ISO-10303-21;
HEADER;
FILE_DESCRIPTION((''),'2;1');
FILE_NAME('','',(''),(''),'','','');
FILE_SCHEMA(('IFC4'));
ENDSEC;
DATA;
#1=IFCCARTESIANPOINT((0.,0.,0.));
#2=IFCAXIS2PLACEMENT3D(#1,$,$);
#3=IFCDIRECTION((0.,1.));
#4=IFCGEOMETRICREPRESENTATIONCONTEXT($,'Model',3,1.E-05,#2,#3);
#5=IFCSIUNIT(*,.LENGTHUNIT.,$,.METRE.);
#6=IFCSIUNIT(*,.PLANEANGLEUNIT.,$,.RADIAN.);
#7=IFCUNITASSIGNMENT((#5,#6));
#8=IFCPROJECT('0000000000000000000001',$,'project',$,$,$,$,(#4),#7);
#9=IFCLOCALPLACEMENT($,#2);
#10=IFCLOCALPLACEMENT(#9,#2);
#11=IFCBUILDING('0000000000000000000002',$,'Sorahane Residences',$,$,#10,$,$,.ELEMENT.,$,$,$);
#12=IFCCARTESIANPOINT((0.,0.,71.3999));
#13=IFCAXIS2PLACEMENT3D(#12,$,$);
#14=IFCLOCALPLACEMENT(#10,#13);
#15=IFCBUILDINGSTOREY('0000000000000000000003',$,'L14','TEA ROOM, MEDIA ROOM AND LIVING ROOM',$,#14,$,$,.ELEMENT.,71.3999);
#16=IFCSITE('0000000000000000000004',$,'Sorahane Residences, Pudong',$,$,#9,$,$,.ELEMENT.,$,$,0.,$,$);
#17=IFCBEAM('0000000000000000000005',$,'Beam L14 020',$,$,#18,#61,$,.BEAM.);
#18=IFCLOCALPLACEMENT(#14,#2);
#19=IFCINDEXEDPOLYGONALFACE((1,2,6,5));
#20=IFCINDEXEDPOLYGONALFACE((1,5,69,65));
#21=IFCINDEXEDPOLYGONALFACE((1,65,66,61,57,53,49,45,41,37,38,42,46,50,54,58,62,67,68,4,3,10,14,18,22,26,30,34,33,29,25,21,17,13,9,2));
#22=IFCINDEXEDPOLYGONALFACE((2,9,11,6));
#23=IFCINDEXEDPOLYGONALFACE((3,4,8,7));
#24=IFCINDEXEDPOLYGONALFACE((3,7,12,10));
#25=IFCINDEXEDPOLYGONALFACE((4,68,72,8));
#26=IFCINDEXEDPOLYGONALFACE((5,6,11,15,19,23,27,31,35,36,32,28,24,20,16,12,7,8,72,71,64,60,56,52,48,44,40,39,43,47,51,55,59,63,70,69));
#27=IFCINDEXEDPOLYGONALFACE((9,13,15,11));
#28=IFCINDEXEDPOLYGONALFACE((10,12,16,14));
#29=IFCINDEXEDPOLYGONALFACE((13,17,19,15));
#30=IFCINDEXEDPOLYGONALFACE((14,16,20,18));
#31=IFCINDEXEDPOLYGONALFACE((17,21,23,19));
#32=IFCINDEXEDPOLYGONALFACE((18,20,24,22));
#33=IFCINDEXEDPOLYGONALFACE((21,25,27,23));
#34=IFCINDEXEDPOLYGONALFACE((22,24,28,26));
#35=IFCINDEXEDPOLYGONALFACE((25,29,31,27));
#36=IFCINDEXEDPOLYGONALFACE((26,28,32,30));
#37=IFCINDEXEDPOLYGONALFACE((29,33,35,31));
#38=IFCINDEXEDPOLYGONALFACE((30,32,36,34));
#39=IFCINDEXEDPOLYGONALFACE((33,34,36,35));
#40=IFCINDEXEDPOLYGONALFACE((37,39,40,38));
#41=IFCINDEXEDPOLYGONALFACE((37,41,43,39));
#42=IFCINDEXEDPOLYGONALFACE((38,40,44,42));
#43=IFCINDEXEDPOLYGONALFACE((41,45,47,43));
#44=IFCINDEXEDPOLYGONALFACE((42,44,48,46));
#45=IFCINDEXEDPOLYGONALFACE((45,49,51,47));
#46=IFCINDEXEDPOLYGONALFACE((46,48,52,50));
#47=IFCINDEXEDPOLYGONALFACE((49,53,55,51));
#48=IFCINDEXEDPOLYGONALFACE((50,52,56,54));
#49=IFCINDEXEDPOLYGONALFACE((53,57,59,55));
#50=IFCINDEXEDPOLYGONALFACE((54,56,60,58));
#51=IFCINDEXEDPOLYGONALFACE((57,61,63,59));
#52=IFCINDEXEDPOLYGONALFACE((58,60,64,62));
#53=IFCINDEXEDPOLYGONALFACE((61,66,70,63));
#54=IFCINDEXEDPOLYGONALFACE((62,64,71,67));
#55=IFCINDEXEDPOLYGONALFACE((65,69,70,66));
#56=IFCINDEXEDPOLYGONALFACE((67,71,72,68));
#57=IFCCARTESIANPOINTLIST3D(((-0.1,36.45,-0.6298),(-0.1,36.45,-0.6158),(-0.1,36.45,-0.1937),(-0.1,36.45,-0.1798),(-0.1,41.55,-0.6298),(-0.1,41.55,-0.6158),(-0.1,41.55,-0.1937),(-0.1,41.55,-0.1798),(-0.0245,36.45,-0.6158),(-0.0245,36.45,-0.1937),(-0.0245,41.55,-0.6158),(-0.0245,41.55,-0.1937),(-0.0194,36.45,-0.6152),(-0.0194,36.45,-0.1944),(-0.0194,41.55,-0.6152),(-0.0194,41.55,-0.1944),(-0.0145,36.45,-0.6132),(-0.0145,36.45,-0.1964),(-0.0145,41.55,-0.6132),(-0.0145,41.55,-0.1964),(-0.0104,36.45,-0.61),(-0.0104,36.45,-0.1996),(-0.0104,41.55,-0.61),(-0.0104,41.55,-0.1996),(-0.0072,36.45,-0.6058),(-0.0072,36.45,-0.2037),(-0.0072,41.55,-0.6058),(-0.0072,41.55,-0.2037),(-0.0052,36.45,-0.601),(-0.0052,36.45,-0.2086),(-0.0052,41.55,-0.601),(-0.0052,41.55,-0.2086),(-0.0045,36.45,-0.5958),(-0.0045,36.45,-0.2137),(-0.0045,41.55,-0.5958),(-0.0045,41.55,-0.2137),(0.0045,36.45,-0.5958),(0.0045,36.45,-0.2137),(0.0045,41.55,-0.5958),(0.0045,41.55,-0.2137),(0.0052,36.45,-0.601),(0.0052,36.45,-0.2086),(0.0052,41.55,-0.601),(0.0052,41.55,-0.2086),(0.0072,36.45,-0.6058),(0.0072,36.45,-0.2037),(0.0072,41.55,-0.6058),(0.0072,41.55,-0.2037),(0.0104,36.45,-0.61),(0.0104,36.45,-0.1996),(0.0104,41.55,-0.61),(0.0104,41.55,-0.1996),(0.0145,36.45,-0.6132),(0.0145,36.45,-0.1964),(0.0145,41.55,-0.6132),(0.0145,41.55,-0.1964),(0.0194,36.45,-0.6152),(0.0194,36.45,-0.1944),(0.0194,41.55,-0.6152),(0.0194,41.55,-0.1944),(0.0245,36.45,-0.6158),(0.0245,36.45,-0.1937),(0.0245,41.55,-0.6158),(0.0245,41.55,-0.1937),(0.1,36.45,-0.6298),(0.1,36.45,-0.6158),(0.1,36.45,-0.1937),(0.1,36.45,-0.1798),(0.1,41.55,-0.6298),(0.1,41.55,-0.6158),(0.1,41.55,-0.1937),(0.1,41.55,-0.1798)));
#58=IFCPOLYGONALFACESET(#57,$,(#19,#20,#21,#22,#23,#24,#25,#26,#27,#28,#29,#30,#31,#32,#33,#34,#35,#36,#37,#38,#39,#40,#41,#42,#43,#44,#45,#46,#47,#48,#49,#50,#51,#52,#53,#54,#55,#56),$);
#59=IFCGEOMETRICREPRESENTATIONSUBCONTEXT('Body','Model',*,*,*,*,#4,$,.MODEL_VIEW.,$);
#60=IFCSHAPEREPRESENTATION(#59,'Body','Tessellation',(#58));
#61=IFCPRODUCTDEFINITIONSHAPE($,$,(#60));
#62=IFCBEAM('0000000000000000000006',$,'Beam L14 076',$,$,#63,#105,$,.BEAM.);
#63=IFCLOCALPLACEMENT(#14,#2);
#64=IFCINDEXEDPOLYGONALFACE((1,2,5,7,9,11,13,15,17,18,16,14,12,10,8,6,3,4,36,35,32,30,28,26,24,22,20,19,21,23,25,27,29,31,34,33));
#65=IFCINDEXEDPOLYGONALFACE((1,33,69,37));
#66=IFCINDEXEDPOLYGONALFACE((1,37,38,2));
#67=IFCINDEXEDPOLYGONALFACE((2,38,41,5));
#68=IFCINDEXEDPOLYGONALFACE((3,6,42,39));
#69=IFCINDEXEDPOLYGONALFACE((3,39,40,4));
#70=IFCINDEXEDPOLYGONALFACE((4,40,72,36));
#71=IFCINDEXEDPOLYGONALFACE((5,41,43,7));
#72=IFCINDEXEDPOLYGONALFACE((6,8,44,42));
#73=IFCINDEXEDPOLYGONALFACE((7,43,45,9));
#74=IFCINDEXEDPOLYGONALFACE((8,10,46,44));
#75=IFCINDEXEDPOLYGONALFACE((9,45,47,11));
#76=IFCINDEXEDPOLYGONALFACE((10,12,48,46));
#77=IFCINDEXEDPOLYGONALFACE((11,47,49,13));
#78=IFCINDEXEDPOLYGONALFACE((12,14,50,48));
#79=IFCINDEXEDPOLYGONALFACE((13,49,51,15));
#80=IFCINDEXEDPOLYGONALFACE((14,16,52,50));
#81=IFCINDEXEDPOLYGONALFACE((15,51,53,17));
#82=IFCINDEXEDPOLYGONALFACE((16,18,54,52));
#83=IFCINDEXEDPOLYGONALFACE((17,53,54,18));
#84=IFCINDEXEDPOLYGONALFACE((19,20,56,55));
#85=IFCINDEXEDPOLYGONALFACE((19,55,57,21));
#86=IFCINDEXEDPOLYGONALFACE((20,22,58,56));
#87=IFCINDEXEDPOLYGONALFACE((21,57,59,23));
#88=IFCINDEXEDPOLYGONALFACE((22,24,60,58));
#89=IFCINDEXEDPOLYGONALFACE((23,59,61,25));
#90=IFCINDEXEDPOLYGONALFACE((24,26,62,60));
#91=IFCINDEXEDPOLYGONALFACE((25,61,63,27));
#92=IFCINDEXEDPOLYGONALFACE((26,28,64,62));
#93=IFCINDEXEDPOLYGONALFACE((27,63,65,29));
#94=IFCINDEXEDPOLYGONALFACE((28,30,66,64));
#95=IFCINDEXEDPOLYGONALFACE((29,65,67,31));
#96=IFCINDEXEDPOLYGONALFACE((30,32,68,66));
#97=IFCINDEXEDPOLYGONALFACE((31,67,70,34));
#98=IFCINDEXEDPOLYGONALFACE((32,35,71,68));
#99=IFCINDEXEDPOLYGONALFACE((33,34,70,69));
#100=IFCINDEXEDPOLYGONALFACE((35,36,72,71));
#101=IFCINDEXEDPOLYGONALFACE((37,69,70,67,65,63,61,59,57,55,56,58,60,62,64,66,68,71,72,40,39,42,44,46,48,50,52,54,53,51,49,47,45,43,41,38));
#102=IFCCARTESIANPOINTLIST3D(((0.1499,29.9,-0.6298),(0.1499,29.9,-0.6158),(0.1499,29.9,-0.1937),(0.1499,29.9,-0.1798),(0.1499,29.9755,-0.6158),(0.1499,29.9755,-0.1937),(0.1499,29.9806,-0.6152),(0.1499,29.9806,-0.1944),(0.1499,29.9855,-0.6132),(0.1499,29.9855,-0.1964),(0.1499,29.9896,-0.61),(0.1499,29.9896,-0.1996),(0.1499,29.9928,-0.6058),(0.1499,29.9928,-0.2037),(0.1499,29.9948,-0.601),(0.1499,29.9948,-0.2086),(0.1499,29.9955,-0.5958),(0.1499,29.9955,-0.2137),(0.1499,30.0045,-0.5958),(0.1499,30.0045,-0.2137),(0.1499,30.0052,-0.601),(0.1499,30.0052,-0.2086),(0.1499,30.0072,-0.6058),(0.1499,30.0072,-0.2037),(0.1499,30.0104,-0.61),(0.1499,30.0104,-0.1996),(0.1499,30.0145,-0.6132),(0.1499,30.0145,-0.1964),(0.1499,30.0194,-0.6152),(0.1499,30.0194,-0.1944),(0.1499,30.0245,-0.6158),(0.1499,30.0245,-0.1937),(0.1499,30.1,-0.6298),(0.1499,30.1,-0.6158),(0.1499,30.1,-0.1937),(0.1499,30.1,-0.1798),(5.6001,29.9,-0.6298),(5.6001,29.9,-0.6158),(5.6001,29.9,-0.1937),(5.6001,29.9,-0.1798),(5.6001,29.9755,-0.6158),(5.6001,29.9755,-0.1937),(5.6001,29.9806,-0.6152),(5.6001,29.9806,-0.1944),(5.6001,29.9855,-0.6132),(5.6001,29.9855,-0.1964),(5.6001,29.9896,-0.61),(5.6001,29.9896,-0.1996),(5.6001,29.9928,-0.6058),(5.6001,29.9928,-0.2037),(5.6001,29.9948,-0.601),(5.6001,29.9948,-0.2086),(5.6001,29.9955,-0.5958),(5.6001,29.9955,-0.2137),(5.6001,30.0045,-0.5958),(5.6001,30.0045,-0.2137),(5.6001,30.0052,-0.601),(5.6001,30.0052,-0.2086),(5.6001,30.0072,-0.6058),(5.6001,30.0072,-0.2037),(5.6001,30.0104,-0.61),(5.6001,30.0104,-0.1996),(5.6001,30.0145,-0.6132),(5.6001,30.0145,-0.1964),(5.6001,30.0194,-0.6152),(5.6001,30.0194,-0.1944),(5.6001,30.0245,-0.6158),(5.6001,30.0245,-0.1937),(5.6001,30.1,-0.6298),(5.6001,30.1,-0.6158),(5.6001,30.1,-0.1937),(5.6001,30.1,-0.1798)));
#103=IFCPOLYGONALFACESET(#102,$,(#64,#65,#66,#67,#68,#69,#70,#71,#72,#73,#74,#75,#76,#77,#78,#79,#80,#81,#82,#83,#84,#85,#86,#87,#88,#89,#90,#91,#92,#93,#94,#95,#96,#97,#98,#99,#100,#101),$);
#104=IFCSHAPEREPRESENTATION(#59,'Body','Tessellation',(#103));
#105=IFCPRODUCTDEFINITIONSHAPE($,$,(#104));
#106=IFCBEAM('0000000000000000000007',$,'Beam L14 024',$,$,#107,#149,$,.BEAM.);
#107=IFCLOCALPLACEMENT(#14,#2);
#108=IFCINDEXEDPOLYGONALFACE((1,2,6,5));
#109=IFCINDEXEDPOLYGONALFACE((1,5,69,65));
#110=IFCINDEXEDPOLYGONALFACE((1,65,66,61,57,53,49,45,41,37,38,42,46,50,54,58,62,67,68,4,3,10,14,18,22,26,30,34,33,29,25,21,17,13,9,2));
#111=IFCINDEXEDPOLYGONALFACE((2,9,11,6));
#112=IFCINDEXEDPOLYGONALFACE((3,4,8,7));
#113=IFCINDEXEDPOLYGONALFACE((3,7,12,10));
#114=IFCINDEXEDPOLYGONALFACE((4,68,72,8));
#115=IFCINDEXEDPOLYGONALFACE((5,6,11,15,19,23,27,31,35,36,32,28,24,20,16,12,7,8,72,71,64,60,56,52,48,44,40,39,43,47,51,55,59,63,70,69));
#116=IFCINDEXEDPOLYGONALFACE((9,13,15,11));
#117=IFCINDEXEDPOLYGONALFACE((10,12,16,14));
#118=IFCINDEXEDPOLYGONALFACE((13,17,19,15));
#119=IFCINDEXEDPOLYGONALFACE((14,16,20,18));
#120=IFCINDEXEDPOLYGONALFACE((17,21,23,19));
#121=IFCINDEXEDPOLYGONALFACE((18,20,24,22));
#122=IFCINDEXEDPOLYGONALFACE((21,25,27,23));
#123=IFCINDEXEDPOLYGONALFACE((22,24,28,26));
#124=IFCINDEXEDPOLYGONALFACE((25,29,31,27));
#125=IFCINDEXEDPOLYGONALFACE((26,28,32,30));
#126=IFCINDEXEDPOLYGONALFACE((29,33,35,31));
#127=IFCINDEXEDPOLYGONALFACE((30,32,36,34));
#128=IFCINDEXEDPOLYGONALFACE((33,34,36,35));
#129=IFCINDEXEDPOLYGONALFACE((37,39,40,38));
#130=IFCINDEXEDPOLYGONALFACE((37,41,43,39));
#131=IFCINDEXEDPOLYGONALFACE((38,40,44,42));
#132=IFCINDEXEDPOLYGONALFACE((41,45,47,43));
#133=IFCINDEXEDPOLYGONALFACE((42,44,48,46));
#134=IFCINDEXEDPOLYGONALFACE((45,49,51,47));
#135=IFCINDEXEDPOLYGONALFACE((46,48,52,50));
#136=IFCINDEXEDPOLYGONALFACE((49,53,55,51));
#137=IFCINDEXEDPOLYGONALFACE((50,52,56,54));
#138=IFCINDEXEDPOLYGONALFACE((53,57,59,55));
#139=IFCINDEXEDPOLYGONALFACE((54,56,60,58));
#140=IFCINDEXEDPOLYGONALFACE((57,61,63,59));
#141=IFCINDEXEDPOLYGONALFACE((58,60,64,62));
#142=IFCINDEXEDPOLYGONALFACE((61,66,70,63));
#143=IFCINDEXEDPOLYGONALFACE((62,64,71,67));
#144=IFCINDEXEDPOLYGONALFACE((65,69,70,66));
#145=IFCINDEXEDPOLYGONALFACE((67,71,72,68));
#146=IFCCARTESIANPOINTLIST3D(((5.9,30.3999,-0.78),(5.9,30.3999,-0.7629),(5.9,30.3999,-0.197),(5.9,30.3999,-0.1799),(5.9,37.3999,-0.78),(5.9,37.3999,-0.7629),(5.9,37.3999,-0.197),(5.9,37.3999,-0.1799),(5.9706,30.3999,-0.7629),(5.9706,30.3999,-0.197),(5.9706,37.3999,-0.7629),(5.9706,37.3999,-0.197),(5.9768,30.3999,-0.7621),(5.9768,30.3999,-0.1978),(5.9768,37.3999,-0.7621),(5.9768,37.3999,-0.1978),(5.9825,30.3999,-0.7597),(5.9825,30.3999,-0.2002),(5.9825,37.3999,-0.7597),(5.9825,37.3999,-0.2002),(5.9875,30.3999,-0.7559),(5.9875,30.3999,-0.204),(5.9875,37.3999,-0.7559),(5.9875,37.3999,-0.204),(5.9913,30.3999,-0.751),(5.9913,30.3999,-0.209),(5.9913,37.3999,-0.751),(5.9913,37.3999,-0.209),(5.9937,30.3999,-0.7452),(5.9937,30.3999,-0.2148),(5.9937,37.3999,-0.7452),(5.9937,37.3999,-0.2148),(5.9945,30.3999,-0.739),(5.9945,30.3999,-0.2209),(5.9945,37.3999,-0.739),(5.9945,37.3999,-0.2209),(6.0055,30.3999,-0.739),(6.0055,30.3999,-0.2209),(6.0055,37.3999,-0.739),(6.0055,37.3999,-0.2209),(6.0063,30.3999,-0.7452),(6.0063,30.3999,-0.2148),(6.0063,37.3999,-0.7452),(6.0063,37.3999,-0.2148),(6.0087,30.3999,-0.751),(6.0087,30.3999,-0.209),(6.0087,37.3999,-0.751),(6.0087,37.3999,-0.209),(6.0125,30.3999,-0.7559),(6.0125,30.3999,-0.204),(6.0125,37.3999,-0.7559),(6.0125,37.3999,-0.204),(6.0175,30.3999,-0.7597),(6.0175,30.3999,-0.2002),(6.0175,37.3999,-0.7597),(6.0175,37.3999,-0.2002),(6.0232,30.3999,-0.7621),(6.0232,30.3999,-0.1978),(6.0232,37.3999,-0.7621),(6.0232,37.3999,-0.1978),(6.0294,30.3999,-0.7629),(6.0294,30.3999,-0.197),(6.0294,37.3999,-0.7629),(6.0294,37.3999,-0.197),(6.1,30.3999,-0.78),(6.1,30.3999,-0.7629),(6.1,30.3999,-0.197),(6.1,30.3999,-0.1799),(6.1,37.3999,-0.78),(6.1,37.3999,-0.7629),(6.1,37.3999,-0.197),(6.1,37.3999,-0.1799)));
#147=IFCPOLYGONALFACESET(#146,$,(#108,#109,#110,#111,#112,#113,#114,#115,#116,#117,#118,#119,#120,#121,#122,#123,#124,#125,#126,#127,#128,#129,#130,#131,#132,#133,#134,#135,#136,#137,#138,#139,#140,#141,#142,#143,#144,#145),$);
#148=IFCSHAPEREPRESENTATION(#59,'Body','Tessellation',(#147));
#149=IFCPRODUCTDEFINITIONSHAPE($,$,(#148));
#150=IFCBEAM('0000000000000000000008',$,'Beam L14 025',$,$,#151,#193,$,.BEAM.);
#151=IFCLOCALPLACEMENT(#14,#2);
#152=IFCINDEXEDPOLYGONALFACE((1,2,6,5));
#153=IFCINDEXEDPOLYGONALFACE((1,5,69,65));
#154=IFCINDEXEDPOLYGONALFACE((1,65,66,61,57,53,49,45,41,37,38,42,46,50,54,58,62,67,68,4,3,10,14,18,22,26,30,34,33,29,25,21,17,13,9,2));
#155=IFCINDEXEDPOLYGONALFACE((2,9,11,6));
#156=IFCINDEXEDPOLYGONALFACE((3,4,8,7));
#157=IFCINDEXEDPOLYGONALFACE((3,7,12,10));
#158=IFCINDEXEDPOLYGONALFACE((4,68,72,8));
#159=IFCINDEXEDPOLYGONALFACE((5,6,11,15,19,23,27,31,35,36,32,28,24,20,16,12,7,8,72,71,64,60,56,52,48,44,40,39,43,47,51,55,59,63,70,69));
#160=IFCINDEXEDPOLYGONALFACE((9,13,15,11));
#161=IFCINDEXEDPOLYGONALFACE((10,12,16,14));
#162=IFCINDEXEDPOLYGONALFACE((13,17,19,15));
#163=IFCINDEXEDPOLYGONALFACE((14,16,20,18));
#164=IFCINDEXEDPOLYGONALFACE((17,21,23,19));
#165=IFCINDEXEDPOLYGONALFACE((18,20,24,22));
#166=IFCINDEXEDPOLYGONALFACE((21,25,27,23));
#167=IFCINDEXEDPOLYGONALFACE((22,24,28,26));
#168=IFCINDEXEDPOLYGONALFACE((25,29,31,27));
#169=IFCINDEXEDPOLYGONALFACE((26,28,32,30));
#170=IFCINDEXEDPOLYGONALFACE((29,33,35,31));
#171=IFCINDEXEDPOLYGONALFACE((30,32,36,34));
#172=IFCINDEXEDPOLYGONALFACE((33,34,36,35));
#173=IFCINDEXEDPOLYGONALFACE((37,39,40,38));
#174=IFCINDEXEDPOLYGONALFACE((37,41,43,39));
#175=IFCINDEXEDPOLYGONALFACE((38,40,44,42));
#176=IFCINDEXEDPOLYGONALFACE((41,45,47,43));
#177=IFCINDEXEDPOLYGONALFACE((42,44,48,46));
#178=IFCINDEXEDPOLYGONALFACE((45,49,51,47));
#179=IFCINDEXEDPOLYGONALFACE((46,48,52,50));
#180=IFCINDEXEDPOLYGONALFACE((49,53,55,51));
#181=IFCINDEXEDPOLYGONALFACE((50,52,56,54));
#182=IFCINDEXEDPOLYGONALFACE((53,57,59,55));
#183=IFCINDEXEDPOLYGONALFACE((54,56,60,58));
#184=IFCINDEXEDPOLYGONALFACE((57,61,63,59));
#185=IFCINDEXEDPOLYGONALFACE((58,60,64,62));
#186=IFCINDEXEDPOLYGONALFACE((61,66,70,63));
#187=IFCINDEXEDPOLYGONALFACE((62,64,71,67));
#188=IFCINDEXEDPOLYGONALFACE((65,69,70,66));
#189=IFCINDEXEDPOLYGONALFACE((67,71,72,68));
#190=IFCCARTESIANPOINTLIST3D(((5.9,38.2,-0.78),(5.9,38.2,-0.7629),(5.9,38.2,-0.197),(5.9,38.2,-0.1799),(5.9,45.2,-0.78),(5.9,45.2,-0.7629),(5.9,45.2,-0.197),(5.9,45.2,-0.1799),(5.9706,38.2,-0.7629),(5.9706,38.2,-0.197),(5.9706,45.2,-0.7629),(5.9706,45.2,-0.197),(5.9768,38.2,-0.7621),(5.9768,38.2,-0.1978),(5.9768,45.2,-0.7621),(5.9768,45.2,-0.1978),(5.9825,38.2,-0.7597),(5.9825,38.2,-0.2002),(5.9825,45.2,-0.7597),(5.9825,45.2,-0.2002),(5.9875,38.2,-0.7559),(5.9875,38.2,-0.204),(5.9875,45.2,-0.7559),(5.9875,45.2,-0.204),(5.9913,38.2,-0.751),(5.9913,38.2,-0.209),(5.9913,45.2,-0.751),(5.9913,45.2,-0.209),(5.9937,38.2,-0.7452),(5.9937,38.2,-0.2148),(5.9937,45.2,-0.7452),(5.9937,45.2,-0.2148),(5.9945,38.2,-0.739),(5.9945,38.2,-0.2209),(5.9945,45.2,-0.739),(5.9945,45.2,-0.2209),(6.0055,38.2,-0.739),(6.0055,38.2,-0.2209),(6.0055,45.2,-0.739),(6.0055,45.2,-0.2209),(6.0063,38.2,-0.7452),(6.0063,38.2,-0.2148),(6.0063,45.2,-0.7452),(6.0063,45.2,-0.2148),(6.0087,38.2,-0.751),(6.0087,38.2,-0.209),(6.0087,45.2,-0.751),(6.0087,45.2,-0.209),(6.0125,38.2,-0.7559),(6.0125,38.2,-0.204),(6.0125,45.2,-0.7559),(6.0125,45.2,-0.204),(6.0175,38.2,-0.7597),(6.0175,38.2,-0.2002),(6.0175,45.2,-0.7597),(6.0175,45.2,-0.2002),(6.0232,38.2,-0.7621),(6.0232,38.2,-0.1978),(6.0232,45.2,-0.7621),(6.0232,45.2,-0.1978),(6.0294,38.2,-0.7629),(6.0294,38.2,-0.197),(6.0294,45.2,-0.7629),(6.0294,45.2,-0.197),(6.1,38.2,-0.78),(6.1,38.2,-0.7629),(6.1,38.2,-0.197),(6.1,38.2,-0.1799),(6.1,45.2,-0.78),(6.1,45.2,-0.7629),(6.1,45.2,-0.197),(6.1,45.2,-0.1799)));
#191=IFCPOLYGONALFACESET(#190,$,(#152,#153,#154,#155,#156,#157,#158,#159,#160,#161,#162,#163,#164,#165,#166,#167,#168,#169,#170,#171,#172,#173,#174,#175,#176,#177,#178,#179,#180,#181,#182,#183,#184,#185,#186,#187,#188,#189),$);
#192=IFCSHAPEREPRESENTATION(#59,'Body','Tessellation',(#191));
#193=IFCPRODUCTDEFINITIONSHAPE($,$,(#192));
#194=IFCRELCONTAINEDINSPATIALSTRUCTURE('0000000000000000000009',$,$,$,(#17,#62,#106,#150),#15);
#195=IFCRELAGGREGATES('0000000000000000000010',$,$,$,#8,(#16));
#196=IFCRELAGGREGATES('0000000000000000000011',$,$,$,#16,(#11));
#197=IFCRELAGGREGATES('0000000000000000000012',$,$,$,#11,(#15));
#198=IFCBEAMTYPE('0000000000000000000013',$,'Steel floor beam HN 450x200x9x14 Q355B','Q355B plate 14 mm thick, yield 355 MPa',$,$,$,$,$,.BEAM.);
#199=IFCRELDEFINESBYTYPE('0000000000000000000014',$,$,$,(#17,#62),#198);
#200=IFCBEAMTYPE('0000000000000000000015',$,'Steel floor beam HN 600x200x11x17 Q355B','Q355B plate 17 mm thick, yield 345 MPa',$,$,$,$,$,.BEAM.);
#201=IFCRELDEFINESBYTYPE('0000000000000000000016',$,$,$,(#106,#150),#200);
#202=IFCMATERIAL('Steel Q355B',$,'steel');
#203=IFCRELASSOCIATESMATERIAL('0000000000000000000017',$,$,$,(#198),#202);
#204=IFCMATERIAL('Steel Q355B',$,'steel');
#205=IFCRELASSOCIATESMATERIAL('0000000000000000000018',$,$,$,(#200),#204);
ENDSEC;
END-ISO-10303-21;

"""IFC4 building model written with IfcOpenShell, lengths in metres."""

from ifc_helpers import new_model, si_unit, direction, frame, origin, origin_2d, place, context, subcontext, project, spatial, i_section, extrude, material, material_profile, profile_set, type_object, element, save


model = new_model("IFC4")

# Units and contexts
model_context = context("Model", 3, precision=1e-05, world=origin(), true_north=direction((0.0, 1.0)))
body_context = subcontext(model_context, "Body", "Model", "MODEL_VIEW")
ifc_project = project(units=[si_unit("LENGTHUNIT", "METRE"), si_unit("PLANEANGLEUNIT", "RADIAN")], contexts=[model_context])

# Site, building, storey
site_placement = place(None, origin())
site = spatial("IfcSite", under=ifc_project, at=site_placement, Name="Sorahane Residences, Pudong", CompositionType="ELEMENT", RefElevation=0.0)
building_placement = place(site_placement, origin())
building = spatial("IfcBuilding", under=site, at=building_placement, Name="Sorahane Residences", CompositionType="ELEMENT")
storey_placement = place(building_placement, frame((0.0, 0.0, 71.3999)))
storey = spatial("IfcBuildingStorey", under=building, at=storey_placement, Name="L14", Description="TEA ROOM, MEDIA ROOM AND LIVING ROOM", CompositionType="ELEMENT", Elevation=71.3999)

# Beams
ifc_material_1 = material(Name="Steel Q355B", Category="steel")
ifc_material_profile_1 = material_profile(ifc_material_1, i_section(OverallWidth=0.2, OverallDepth=0.45, WebThickness=0.009, FlangeThickness=0.0139, FilletRadius=0.02, at=origin_2d()), Name="HN 450x200x9x14")
ifc_profile_set_1 = profile_set([ifc_material_profile_1], Name="Steel Q355B")
beam_type_1 = type_object("IfcBeamType", Name="Steel floor beam HN 450x200x9x14 Q355B", Description="Q355B plate 14 mm thick, yield 355 MPa", PredefinedType="BEAM", material=ifc_profile_set_1)
beam_1_placement = place(storey_placement, frame((0.0, 36.45, -0.4048), z_axis=(0.0, 1.0, 0.0), x_axis=(-1.0, 0.0, 0.0)))
element("IfcBeam", 1, at=beam_1_placement, inside=storey, type_object=beam_type_1, Name="Beam L14 020", PredefinedType="BEAM", context=body_context, shape_type="SweptSolid", body=[
    extrude(i_section(OverallWidth=0.2, OverallDepth=0.45, WebThickness=0.009, FlangeThickness=0.0139, FilletRadius=0.02, at=origin_2d()), origin(), (0.0, 0.0, 1.0), 5.1001),
])
beam_2_placement = place(storey_placement, frame((0.1499, 30.0, -0.4048), z_axis=(1.0, 0.0, 0.0), x_axis=(0.0, 1.0, 0.0)))
element("IfcBeam", 2, at=beam_2_placement, inside=storey, type_object=beam_type_1, Name="Beam L14 076", PredefinedType="BEAM", context=body_context, shape_type="SweptSolid", body=[
    extrude(i_section(OverallWidth=0.2, OverallDepth=0.45, WebThickness=0.009, FlangeThickness=0.0139, FilletRadius=0.02, at=origin_2d()), origin(), (0.0, 0.0, 1.0), 5.4502),
])
ifc_material_2 = material(Name="Steel Q355B", Category="steel")
ifc_material_profile_2 = material_profile(ifc_material_2, i_section(OverallWidth=0.2, OverallDepth=0.6001, WebThickness=0.011, FlangeThickness=0.0171, FilletRadius=0.0239, at=origin_2d()), Name="HN 600x200x11x17")
ifc_profile_set_2 = profile_set([ifc_material_profile_2], Name="Steel Q355B")
beam_type_2 = type_object("IfcBeamType", Name="Steel floor beam HN 600x200x11x17 Q355B", Description="Q355B plate 17 mm thick, yield 345 MPa", PredefinedType="BEAM", material=ifc_profile_set_2)
for number, where, z_axis, x_axis, name in (
    (3, (6.0, 30.3999, -0.48), (0.0, 1.0, 0.0), (-1.0, 0.0, 0.0), "Beam L14 024"),
    (4, (6.0, 38.2, -0.48), (0.0, 1.0, 0.0), (-1.0, 0.0, 0.0), "Beam L14 025"),
):
    element("IfcBeam", number, at=place(storey_placement, frame(where, z_axis=z_axis, x_axis=x_axis)), inside=storey, type_object=beam_type_2, Name=name, PredefinedType="BEAM", context=body_context, shape_type="SweptSolid", body=[
        extrude(i_section(OverallWidth=0.2, OverallDepth=0.6001, WebThickness=0.011, FlangeThickness=0.0171, FilletRadius=0.0239, at=origin_2d()), origin(), (0.0, 0.0, 1.0), 7.0),
    ])

save(model, "model.ifc")
